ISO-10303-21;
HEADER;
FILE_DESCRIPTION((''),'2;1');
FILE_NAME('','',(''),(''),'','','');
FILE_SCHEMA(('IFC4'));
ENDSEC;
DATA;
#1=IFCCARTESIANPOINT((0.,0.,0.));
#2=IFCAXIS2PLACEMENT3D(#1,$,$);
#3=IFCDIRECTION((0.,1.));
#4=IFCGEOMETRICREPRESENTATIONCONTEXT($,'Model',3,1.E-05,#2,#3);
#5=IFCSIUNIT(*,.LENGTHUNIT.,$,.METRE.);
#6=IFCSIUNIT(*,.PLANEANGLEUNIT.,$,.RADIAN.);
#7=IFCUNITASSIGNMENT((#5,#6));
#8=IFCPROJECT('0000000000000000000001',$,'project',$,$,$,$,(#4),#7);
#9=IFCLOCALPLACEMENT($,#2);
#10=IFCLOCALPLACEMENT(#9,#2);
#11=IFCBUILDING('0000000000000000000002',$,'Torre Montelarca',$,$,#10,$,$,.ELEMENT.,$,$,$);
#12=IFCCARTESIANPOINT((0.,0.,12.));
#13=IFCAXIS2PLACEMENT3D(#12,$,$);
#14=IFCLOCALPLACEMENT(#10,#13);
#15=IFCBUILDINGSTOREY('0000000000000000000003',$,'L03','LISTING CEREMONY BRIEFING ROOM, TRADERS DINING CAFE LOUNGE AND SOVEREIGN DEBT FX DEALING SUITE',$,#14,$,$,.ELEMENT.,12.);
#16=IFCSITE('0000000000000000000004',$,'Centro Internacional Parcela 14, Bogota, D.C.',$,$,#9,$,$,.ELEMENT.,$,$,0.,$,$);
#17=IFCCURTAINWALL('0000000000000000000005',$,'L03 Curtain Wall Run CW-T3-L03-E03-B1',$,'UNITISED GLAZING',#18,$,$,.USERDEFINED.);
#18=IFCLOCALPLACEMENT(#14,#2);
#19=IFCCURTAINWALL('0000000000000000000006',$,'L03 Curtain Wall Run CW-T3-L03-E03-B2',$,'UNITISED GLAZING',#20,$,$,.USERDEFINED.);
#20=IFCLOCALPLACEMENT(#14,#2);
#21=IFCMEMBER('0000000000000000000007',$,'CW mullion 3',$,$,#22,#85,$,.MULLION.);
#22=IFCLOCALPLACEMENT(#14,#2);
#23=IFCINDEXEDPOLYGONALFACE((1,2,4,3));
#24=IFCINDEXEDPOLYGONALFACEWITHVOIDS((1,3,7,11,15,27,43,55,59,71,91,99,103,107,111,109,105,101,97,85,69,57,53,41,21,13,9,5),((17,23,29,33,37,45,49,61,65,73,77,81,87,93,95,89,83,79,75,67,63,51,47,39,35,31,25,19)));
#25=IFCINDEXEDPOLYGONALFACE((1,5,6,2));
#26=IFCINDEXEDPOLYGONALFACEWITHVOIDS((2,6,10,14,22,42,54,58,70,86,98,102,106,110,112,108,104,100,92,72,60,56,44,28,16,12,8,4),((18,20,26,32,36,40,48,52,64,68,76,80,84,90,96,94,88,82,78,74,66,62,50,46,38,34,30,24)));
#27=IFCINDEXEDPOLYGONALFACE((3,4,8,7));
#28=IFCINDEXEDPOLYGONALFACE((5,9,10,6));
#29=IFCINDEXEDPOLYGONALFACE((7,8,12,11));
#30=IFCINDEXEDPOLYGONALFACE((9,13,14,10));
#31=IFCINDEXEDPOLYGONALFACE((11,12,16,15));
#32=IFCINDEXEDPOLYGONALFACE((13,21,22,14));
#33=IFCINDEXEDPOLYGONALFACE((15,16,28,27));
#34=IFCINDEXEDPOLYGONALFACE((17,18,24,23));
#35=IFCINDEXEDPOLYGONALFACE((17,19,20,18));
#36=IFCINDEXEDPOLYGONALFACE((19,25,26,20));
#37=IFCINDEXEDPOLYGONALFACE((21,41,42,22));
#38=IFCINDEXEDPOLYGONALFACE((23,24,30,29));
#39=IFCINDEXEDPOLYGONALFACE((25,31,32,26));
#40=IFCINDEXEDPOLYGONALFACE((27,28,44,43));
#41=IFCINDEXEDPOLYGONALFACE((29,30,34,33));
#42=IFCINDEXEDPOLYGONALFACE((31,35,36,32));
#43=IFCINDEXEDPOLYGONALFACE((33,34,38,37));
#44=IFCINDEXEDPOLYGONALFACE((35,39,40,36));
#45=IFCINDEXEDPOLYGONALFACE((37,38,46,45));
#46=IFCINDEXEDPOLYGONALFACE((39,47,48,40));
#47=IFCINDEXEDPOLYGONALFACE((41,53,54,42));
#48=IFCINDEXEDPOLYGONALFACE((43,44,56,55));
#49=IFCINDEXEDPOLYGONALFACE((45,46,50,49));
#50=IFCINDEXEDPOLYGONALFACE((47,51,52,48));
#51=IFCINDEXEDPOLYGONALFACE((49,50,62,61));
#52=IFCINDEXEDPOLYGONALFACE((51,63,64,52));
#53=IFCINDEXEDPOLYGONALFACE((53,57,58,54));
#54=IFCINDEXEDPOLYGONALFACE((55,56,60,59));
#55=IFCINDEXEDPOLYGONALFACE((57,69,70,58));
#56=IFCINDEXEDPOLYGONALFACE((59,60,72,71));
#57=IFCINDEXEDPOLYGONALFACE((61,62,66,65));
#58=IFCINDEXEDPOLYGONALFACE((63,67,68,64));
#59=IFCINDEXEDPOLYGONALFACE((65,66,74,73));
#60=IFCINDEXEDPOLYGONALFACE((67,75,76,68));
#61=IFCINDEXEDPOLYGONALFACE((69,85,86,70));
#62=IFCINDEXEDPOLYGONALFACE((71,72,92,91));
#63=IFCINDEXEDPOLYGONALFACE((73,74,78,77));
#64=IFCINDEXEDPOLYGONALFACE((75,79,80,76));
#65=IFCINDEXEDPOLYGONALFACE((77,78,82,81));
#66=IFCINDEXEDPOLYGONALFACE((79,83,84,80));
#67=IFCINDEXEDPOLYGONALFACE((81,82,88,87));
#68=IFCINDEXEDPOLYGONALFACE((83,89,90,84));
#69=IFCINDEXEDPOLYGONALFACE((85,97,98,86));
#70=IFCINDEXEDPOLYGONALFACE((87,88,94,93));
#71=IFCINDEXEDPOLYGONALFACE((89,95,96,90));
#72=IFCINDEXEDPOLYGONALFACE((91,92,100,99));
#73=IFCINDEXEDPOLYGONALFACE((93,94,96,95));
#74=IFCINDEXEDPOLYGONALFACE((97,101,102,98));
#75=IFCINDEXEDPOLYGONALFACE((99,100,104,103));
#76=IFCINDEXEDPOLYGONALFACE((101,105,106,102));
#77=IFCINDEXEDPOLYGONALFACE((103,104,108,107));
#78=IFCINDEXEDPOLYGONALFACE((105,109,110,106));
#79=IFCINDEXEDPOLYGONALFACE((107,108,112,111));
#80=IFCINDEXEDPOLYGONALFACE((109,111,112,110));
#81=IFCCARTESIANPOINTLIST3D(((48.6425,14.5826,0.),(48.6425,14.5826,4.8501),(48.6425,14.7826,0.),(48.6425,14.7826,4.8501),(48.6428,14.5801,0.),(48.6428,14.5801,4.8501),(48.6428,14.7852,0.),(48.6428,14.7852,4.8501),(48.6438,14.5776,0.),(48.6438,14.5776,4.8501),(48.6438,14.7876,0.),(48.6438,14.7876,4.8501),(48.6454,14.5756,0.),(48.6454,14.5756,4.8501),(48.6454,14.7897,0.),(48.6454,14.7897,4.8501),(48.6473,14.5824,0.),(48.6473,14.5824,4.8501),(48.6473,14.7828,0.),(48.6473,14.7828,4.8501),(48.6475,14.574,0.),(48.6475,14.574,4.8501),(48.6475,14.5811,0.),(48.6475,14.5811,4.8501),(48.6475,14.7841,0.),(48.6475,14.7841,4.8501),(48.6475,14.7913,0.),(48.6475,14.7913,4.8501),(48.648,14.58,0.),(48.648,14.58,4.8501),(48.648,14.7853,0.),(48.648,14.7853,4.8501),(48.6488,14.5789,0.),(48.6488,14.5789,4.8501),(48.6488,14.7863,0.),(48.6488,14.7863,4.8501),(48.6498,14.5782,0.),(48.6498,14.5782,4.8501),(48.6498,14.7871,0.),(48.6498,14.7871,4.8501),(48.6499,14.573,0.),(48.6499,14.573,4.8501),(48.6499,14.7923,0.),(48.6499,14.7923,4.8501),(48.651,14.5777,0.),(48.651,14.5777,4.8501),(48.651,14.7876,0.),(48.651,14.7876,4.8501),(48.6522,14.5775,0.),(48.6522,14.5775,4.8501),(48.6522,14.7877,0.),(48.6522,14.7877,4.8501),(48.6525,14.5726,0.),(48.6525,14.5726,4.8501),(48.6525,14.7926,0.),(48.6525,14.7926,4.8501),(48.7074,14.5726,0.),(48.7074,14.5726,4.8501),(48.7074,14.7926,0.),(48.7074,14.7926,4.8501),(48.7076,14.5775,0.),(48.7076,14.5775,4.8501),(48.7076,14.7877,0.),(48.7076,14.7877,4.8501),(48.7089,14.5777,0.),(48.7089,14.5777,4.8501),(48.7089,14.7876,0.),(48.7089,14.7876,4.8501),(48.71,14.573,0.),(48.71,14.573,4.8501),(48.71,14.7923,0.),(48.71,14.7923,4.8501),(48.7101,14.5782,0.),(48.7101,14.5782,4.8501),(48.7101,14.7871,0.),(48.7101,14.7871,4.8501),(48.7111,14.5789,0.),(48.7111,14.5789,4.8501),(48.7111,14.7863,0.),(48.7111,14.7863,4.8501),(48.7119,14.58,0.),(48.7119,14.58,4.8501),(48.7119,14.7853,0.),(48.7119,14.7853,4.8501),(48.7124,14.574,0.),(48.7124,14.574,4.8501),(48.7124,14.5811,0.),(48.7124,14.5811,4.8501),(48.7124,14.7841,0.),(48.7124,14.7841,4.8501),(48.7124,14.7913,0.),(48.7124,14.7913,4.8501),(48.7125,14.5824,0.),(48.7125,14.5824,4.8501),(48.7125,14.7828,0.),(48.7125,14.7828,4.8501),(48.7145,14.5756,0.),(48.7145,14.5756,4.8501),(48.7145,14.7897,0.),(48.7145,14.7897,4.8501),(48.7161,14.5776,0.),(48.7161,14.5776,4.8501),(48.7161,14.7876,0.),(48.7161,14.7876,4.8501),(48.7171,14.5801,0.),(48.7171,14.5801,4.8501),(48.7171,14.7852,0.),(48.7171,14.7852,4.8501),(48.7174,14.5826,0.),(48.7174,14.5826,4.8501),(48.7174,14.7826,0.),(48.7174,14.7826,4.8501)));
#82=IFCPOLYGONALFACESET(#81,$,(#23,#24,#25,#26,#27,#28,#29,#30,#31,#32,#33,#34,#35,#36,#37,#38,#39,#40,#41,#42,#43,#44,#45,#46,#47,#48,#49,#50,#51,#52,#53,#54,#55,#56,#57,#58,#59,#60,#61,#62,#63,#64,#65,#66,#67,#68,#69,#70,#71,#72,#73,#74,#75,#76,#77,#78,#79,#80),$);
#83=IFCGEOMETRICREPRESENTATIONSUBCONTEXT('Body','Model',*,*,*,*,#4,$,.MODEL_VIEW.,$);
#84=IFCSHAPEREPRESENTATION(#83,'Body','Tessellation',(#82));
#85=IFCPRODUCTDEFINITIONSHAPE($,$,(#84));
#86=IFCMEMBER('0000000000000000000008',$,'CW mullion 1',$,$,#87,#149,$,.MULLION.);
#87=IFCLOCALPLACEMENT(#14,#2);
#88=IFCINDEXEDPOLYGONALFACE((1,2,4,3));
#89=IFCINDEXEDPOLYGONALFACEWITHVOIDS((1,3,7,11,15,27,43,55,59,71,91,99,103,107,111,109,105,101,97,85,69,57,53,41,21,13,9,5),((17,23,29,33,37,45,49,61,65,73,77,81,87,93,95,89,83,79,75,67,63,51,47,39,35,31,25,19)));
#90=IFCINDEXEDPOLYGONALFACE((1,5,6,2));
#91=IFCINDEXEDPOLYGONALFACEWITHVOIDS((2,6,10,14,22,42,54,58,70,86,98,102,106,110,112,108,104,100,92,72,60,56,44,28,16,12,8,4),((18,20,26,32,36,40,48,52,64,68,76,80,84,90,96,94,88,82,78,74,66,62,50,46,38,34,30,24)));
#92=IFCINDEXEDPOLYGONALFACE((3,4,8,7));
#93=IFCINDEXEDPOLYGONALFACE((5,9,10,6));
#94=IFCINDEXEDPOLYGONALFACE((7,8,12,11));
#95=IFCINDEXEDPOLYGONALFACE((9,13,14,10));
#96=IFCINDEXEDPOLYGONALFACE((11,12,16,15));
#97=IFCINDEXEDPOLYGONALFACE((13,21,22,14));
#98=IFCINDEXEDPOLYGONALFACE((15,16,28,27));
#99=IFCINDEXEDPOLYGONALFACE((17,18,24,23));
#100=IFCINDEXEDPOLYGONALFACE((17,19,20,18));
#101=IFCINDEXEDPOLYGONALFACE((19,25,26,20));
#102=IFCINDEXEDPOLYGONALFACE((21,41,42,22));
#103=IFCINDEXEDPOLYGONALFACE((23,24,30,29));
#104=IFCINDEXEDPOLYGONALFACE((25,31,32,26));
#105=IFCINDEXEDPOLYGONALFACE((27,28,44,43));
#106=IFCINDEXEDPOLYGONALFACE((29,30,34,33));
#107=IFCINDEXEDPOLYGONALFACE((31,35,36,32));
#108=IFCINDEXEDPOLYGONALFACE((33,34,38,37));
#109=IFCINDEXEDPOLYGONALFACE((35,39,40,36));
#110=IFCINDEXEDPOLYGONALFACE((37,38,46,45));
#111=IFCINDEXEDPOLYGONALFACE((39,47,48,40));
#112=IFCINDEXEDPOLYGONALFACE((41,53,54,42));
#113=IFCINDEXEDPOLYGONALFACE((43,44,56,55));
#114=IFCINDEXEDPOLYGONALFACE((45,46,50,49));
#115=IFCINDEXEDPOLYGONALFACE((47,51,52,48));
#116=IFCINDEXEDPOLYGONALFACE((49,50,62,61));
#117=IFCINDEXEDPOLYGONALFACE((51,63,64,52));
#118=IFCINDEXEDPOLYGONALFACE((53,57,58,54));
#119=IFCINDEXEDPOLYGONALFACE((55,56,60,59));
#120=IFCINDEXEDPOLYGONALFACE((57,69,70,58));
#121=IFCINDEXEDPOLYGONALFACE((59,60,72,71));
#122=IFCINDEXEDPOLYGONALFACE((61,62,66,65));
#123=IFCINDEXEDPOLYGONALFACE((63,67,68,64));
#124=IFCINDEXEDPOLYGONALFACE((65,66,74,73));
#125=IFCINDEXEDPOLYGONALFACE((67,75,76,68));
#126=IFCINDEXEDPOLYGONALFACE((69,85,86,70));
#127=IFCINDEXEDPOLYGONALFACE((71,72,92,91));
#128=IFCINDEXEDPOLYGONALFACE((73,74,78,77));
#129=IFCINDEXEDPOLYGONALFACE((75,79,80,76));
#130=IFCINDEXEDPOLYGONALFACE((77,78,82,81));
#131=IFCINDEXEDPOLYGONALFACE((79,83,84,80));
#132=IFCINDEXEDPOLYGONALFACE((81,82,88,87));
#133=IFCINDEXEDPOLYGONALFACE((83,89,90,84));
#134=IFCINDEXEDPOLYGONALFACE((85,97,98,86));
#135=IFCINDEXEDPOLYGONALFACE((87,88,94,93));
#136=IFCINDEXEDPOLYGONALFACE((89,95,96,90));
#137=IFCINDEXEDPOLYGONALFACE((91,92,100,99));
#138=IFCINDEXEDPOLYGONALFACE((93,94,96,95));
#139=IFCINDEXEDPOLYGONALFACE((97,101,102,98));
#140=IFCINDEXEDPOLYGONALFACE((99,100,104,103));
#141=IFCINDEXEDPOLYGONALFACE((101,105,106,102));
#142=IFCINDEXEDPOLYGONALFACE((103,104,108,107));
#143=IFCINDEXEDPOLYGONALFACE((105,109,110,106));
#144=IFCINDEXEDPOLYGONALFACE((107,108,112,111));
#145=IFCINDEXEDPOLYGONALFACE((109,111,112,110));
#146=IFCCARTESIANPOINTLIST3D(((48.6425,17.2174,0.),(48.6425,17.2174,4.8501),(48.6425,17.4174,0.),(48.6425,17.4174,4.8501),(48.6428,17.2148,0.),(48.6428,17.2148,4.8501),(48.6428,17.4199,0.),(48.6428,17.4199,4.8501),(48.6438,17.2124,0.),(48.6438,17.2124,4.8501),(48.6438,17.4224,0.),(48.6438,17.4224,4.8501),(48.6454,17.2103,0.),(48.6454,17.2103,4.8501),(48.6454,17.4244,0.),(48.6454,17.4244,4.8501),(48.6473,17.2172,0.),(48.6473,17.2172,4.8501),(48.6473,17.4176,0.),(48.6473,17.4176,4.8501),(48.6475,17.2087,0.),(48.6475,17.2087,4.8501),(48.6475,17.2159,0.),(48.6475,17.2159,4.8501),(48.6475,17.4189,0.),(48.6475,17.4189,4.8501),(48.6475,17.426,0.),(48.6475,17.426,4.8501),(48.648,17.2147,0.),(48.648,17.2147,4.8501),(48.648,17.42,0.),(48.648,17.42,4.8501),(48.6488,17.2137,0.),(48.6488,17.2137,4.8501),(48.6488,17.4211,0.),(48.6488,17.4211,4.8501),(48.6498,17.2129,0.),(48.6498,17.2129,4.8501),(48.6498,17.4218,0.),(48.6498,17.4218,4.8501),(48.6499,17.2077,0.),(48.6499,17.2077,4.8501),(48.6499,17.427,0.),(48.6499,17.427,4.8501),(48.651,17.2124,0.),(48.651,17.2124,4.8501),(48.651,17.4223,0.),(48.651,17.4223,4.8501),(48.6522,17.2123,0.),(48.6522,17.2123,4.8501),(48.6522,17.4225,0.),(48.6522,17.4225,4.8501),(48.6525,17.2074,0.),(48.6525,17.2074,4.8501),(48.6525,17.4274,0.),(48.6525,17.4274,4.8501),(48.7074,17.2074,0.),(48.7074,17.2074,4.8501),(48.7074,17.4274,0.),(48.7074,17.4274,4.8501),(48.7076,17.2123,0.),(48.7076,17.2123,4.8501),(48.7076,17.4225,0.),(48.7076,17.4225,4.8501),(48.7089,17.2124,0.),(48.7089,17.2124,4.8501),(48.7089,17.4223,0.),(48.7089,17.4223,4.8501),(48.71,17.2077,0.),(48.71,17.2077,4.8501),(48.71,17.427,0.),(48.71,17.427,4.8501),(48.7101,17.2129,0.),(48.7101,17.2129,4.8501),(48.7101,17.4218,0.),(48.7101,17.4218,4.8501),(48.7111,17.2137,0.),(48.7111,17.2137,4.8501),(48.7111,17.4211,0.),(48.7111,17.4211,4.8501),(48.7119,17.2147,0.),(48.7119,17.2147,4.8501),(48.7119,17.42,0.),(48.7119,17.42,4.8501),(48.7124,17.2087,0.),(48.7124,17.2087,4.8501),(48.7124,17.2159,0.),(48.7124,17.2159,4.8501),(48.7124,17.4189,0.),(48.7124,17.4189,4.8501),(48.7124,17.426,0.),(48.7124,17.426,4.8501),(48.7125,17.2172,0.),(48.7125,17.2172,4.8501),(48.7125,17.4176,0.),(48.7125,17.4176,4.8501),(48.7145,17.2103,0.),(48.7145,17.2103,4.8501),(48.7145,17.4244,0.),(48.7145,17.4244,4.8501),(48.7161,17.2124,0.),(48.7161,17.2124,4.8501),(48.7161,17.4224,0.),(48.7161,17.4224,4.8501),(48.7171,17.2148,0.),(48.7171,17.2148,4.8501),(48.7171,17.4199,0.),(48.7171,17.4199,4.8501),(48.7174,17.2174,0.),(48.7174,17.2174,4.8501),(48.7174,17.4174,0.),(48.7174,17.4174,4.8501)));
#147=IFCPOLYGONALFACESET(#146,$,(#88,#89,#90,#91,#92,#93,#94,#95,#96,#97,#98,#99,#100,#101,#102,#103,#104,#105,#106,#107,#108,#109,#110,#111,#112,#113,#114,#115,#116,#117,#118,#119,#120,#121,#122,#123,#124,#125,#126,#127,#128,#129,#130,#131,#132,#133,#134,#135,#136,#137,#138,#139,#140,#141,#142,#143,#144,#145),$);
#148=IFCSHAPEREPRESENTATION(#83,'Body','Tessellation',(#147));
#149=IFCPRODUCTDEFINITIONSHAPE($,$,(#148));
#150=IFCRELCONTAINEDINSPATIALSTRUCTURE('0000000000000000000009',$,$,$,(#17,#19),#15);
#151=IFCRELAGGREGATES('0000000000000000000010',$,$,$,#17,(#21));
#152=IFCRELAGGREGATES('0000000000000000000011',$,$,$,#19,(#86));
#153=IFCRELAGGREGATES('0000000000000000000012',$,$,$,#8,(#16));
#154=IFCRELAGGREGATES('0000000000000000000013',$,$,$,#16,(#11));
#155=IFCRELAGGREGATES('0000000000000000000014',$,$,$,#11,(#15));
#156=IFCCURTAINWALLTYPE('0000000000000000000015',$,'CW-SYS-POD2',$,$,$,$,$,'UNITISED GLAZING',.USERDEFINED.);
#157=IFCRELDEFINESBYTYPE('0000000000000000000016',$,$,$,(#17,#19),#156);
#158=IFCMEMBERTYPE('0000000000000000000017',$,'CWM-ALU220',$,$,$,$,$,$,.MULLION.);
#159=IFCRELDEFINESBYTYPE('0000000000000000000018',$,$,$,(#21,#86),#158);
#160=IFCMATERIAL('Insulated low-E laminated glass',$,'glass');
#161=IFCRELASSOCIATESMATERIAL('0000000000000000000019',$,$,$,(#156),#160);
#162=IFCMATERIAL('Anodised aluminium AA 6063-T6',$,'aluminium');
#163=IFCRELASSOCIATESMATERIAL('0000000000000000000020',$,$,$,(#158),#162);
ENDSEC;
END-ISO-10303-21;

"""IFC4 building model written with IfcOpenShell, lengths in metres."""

from ifc_helpers import new_model, si_unit, direction, frame, origin, origin_2d, place, context, subcontext, project, spatial, hollow_rectangle, extrude, source, transform, mapped, material, material_profile, profile_set, type_object, element, aggregate, save


model = new_model("IFC4")

# Units and contexts
model_context = context("Model", 3, precision=1e-05, world=origin(), true_north=direction((0.0, 1.0)))
body_context = subcontext(model_context, "Body", "Model", "MODEL_VIEW")
ifc_project = project(units=[si_unit("LENGTHUNIT", "METRE"), si_unit("PLANEANGLEUNIT", "RADIAN")], contexts=[model_context])

# Site, building, storey
site_placement = place(None, origin())
site = spatial("IfcSite", under=ifc_project, at=site_placement, Name="Centro Internacional Parcela 14, Bogota, D.C.", CompositionType="ELEMENT", RefElevation=0.0)
building_placement = place(site_placement, origin())
building = spatial("IfcBuilding", under=site, at=building_placement, Name="Torre Montelarca", CompositionType="ELEMENT")
storey_placement = place(building_placement, frame((0.0, 0.0, 12.0)))
storey = spatial("IfcBuildingStorey", under=building, at=storey_placement, Name="L03", Description="LISTING CEREMONY BRIEFING ROOM, TRADERS DINING CAFE LOUNGE AND SOVEREIGN DEBT FX DEALING SUITE", CompositionType="ELEMENT", Elevation=12.0)

# Curtain walls
ifc_material_1 = material(Name="Insulated low-E laminated glass", Category="glass")
curtain_wall_type = type_object("IfcCurtainWallType", Name="CW-SYS-POD2", ElementType="UNITISED GLAZING", PredefinedType="USERDEFINED", material=ifc_material_1)
curtain_wall_1_placement = place(storey_placement, origin())
curtain_wall_1 = element("IfcCurtainWall", 1, at=curtain_wall_1_placement, inside=storey, type_object=curtain_wall_type, Name="L03 Curtain Wall Run CW-T3-L03-E03-B1", ObjectType="UNITISED GLAZING", PredefinedType="USERDEFINED")
ifc_material_2 = material(Name="Anodised aluminium AA 6063-T6", Category="aluminium")
curtain_wall_2_placement = place(storey_placement, origin())
curtain_wall_2 = element("IfcCurtainWall", 2, at=curtain_wall_2_placement, inside=storey, type_object=curtain_wall_type, Name="L03 Curtain Wall Run CW-T3-L03-E03-B2", ObjectType="UNITISED GLAZING", PredefinedType="USERDEFINED")

# Members
ifc_material_profile_1 = material_profile(ifc_material_2, hollow_rectangle(XDim=0.075, YDim=0.22, WallThickness=0.0049, InnerFilletRadius=0.0049, OuterFilletRadius=0.01, at=origin_2d()), Name="ALU75X220X5", Category="aluminium")
ifc_profile_set_1 = profile_set([ifc_material_profile_1], Name="Anodised aluminium AA 6063-T6")
member_type_1 = type_object("IfcMemberType", Name="CWM-ALU220", PredefinedType="MULLION", material=ifc_profile_set_1)
shared_shape_1 = source(origin(), body_context, "Body", "SweptSolid", [
    extrude(hollow_rectangle(XDim=0.075, YDim=0.22, WallThickness=0.0049, InnerFilletRadius=0.0049, OuterFilletRadius=0.01, at=origin_2d()), origin(), (0.0, 0.0, 1.0), 4.8501),
])
member_1_placement = place(storey_placement, frame((48.6799, 14.6826, 0.0), z_axis=(0.0, 0.0, 1.0), x_axis=(-1.0, 0.0, 0.0)))
member_1 = element("IfcMember", 3, at=member_1_placement, type_object=member_type_1, Name="CW mullion 3", PredefinedType="MULLION", context=body_context, shape_type="MappedRepresentation", body=[
    mapped(shared_shape_1, transform((0.0, 0.0, 0.0), scale=1.0)),
])
member_2_placement = place(storey_placement, frame((48.6799, 17.3174, 0.0), z_axis=(0.0, 0.0, 1.0), x_axis=(-1.0, 0.0, 0.0)))
member_2 = element("IfcMember", 4, at=member_2_placement, type_object=member_type_1, Name="CW mullion 1", PredefinedType="MULLION", context=body_context, shape_type="MappedRepresentation", body=[
    mapped(shared_shape_1, transform((0.0, 0.0, 0.0), scale=1.0)),
])

aggregate(curtain_wall_1, [member_1])
aggregate(curtain_wall_2, [member_2])

save(model, "model.ifc")
